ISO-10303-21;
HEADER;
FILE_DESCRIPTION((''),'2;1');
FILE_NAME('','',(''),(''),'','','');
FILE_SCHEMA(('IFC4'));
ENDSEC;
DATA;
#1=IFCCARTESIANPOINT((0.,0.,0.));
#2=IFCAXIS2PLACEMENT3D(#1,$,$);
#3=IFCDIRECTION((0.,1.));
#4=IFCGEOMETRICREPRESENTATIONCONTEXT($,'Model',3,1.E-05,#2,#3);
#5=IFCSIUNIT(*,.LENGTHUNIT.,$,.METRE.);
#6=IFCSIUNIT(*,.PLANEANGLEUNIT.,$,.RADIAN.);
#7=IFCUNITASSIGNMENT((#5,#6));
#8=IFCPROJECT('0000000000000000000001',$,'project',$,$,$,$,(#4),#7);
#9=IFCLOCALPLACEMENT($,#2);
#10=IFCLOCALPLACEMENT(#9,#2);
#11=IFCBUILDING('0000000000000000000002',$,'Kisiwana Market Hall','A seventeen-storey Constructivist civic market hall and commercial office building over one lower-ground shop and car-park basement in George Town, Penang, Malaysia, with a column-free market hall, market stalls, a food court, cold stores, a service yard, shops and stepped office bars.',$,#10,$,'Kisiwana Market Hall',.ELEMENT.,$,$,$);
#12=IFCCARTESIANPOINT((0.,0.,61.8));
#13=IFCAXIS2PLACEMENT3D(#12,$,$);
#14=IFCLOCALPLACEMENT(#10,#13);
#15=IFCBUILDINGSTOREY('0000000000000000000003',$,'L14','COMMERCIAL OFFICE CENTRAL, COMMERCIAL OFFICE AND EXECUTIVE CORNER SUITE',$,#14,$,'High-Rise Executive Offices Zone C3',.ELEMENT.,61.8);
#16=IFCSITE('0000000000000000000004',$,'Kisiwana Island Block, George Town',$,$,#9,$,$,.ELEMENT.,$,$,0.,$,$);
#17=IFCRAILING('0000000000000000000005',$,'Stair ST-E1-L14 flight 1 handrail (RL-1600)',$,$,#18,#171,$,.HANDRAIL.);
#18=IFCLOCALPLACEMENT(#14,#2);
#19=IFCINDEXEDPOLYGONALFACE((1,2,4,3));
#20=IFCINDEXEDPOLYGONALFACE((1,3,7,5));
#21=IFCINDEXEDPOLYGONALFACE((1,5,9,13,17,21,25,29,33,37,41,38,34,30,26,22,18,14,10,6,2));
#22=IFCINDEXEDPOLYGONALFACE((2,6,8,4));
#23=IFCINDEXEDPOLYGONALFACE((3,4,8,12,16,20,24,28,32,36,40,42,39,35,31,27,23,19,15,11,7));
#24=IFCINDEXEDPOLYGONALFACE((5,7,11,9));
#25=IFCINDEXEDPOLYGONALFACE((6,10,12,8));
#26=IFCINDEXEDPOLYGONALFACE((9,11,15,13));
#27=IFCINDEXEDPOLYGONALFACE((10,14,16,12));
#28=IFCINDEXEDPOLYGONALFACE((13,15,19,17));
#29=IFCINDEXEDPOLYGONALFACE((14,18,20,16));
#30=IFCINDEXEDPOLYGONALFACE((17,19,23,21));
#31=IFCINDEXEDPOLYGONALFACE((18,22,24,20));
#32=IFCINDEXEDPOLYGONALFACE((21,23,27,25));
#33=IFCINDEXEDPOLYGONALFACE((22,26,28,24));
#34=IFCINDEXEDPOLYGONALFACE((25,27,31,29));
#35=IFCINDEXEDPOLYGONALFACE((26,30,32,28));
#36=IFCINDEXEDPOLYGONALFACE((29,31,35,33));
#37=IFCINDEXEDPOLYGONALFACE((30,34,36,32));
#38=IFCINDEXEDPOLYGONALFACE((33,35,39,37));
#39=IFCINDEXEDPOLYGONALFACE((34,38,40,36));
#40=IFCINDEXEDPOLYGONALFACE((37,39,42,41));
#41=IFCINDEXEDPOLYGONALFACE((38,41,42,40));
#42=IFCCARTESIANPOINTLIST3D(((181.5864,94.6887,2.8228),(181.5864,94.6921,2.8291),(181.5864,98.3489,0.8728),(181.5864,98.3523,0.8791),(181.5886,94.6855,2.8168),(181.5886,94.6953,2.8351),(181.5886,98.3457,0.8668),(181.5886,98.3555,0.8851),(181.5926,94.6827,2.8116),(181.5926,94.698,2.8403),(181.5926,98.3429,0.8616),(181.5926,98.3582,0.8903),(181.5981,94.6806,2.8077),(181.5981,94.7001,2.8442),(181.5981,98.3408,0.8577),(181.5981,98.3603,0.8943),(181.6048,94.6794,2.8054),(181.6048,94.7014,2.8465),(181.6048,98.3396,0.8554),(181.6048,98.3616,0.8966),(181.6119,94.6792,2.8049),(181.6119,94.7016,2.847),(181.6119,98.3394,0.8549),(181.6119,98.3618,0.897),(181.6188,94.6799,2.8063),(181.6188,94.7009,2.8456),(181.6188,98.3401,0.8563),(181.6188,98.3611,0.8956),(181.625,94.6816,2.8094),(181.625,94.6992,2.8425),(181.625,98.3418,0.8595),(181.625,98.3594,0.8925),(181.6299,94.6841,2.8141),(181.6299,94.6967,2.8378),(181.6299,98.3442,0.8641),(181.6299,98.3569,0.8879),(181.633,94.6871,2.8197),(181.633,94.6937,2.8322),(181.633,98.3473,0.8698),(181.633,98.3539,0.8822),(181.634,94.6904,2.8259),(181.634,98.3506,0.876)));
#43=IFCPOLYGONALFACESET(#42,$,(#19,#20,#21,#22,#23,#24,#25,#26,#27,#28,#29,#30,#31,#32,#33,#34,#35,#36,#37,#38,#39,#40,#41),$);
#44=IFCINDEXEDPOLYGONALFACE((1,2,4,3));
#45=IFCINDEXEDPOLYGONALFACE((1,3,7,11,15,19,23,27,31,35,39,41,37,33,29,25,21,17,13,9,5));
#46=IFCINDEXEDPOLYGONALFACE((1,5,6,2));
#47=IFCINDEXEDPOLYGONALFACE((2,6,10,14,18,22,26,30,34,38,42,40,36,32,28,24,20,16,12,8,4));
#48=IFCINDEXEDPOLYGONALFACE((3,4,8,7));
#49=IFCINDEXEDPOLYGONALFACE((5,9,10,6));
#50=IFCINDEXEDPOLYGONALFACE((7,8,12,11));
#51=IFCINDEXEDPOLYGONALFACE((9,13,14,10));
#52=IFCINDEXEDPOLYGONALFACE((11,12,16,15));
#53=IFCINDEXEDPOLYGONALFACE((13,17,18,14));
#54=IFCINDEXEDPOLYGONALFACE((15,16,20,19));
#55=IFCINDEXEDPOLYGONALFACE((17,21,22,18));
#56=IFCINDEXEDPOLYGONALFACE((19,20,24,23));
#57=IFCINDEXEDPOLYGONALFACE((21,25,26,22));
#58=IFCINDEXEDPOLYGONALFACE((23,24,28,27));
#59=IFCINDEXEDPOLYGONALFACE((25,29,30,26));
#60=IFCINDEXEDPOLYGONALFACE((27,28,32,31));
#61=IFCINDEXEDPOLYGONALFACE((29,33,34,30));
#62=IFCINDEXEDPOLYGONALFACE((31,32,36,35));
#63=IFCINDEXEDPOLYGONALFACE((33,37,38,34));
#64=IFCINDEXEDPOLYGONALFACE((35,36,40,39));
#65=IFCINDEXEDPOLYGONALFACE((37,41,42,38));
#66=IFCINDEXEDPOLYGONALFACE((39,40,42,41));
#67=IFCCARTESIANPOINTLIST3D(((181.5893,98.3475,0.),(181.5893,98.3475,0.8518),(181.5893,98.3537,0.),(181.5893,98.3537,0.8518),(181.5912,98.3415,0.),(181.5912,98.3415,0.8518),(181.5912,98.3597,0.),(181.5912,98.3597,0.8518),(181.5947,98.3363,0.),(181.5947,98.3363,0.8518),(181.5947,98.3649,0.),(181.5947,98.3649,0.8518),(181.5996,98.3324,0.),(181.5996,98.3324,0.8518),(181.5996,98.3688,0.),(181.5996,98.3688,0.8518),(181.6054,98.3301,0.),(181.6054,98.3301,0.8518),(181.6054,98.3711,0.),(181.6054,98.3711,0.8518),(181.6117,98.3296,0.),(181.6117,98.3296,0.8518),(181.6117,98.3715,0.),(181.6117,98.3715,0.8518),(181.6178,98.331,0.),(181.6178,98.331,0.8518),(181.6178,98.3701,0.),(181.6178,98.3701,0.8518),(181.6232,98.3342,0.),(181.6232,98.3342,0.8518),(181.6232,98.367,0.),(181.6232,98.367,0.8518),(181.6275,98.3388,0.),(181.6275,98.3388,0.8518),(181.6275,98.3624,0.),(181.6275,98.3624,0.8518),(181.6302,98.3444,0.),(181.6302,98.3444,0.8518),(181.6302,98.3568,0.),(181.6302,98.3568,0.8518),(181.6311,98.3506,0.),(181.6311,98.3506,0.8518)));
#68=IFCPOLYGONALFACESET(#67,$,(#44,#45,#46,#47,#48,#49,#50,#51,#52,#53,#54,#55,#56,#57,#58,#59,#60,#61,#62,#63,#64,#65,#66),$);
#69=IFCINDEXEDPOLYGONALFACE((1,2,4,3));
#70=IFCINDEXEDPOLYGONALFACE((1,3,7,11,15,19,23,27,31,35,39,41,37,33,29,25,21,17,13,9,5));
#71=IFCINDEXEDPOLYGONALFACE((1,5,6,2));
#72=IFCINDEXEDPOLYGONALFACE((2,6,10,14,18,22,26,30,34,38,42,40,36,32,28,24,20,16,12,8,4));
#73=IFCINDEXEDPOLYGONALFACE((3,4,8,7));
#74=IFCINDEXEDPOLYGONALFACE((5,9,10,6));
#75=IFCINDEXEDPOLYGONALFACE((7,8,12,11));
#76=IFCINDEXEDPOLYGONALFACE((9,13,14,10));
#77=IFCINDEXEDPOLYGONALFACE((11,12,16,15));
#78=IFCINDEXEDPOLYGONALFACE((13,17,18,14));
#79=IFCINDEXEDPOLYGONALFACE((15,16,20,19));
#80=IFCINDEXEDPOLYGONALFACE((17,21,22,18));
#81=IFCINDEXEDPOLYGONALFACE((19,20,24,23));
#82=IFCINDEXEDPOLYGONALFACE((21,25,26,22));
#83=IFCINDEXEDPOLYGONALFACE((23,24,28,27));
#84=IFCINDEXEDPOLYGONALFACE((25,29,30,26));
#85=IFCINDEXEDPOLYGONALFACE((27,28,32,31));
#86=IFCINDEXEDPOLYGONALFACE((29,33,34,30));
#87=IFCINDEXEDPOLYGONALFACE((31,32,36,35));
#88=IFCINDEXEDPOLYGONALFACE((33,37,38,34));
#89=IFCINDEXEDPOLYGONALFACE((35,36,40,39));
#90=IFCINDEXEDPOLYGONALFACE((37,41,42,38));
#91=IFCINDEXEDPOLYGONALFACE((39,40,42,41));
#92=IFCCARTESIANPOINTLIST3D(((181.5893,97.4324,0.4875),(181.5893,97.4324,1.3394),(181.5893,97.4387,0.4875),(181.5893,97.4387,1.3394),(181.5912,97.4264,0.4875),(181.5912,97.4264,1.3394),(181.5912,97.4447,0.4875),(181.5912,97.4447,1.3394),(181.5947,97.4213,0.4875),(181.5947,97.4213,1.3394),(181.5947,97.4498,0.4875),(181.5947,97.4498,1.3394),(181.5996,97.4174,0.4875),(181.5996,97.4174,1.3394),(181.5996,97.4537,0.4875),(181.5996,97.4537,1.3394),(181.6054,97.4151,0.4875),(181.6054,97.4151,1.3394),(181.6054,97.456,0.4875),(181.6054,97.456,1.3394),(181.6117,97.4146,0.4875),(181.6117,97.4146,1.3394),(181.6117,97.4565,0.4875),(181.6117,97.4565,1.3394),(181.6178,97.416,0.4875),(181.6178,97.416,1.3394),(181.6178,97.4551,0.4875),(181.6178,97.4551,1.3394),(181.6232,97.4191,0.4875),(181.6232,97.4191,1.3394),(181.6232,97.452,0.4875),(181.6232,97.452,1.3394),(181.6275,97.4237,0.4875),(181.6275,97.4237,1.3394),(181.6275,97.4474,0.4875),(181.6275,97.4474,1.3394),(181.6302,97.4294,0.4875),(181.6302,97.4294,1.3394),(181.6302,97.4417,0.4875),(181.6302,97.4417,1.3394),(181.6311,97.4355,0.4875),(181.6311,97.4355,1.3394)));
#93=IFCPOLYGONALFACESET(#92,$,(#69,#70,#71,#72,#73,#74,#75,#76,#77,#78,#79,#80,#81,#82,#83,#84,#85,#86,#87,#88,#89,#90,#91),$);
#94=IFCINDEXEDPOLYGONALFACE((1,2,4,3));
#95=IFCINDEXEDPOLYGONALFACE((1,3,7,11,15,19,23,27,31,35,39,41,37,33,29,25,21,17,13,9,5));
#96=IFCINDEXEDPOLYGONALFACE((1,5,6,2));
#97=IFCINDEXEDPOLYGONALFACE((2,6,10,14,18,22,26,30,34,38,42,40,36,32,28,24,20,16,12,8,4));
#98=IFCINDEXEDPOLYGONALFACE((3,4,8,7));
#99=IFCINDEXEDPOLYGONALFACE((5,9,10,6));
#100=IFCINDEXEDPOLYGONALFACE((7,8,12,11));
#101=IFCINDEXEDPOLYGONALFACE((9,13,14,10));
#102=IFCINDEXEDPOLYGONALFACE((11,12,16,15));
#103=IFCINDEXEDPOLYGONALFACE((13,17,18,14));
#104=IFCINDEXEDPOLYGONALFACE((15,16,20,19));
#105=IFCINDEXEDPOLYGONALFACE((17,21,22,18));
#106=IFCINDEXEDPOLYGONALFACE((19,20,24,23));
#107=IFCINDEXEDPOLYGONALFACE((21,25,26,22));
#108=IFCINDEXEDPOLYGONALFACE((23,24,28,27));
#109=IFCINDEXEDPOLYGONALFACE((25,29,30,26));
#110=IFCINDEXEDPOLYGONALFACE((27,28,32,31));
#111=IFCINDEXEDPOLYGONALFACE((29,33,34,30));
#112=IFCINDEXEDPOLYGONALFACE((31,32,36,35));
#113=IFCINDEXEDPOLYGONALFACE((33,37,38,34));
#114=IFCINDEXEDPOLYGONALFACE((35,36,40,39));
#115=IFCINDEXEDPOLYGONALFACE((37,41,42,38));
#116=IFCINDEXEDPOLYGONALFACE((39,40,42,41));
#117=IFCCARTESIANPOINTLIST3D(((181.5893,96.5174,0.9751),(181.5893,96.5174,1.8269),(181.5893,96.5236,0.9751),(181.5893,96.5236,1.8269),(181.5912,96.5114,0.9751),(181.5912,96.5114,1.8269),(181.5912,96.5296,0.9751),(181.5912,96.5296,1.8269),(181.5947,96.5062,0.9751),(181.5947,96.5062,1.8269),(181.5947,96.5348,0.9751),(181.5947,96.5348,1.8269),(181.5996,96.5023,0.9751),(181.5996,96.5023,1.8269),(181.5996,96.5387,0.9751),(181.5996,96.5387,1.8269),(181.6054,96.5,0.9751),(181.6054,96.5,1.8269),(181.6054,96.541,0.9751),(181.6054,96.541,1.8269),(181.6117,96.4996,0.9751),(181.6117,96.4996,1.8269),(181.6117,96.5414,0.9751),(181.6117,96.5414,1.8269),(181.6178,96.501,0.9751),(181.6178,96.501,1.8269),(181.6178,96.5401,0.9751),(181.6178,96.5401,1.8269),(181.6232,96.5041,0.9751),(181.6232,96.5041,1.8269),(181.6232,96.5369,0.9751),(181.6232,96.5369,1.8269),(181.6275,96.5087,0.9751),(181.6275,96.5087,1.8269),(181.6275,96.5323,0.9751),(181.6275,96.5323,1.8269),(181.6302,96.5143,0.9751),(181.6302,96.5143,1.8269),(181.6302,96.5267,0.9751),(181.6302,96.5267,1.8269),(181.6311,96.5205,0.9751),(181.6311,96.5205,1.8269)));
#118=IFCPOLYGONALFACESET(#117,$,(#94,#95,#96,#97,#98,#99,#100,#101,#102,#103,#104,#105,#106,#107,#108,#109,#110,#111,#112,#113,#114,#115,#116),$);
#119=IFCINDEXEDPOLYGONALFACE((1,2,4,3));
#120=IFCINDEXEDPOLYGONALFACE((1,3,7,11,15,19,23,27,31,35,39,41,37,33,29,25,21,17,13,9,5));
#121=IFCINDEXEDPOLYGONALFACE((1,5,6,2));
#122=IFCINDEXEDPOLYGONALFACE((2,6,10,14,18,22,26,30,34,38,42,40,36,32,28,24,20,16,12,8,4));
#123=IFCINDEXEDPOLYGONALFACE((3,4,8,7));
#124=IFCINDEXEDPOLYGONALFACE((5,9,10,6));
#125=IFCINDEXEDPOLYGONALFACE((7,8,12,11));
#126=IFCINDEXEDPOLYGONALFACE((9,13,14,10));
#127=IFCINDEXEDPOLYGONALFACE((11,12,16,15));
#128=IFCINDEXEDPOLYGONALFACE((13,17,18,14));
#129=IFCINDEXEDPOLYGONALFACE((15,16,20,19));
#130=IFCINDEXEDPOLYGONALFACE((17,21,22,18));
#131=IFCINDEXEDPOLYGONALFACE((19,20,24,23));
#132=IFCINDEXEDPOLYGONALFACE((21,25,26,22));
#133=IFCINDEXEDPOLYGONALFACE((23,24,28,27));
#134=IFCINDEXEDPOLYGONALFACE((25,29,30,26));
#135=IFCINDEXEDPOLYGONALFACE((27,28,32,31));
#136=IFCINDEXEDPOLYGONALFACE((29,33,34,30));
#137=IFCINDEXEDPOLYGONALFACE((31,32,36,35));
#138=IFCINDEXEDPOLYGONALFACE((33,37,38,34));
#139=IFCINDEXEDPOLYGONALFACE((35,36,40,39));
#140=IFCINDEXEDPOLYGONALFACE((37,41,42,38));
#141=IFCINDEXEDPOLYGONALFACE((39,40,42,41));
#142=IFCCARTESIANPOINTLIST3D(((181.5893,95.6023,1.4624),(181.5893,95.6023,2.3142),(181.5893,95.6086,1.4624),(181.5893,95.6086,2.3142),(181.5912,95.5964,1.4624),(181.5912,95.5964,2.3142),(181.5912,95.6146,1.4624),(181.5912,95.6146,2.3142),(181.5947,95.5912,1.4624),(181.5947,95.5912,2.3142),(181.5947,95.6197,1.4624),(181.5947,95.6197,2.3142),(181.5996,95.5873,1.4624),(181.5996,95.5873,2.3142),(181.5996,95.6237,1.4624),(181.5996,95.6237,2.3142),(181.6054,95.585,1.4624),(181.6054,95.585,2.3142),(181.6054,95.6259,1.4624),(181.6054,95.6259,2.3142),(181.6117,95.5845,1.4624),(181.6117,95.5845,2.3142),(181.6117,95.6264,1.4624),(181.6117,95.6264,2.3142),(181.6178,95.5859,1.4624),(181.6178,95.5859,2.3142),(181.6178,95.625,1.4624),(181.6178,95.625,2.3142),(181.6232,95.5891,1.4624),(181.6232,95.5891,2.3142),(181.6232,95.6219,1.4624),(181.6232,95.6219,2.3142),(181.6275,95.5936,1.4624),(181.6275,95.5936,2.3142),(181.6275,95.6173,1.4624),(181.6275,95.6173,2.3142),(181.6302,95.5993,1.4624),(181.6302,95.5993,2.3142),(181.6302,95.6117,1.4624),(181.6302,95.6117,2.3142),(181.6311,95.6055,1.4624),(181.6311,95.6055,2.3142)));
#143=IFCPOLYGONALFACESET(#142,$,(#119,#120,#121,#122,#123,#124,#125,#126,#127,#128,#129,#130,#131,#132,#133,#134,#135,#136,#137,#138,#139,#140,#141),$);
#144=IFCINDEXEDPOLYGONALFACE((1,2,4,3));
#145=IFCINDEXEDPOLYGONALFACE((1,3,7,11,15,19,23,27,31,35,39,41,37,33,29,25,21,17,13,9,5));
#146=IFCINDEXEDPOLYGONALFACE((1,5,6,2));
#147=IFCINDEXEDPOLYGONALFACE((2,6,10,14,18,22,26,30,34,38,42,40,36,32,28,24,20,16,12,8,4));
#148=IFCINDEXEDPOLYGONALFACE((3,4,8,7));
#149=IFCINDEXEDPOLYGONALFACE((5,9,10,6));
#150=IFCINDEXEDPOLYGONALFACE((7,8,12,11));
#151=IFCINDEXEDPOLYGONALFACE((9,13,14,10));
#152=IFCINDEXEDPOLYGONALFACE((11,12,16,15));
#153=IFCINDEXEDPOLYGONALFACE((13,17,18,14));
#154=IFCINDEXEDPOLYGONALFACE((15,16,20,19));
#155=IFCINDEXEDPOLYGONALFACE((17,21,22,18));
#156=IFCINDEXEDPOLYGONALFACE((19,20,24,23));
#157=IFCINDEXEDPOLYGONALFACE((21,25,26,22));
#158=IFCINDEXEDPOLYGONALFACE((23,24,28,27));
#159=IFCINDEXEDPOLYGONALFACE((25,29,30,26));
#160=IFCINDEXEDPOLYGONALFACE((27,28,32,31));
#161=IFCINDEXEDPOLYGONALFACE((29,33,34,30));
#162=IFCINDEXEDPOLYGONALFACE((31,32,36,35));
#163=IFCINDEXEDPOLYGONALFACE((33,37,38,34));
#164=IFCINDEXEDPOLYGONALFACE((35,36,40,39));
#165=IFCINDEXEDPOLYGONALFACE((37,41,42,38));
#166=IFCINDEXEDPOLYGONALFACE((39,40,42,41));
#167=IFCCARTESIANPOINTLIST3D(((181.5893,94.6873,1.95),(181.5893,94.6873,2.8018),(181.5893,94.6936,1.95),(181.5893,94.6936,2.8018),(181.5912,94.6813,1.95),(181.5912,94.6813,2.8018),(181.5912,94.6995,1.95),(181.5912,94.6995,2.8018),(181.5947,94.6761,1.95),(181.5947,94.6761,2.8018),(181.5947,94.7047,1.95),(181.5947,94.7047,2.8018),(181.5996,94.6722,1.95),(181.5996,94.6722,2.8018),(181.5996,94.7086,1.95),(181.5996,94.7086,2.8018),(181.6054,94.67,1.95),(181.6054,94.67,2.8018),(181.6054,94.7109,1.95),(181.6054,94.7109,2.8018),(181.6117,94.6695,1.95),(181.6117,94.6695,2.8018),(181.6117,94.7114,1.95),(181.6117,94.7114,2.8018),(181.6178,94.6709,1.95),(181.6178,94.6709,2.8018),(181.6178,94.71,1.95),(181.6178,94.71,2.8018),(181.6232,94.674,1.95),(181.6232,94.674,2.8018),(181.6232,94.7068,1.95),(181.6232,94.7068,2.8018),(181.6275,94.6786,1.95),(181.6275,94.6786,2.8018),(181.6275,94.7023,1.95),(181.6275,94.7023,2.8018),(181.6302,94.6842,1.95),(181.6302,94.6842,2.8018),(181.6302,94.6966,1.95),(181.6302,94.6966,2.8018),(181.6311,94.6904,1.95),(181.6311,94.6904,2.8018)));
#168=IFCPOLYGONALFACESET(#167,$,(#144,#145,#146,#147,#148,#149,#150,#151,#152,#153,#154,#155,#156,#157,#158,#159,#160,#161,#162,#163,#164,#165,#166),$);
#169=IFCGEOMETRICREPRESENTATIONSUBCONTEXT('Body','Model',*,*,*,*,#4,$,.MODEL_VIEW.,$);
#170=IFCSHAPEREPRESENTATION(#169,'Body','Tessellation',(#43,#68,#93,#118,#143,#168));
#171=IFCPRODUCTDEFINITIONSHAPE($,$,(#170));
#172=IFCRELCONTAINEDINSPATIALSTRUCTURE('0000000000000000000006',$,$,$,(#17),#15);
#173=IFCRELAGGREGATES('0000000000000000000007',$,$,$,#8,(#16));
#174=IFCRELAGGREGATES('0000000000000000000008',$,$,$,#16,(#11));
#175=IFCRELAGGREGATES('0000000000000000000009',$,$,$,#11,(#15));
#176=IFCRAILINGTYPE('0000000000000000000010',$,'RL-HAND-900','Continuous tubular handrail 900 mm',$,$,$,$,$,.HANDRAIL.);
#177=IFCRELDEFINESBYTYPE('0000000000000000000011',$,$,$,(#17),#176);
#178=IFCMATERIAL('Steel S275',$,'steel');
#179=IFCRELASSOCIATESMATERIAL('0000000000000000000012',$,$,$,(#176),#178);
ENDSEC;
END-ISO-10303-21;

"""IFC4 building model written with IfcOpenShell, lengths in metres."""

from ifc_helpers import new_model, si_unit, direction, frame, origin, origin_2d, place, context, subcontext, project, spatial, circle, extrude, material, type_object, element, save


model = new_model("IFC4")

# Units and contexts
model_context = context("Model", 3, precision=1e-05, world=origin(), true_north=direction((0.0, 1.0)))
body_context = subcontext(model_context, "Body", "Model", "MODEL_VIEW")
ifc_project = project(units=[si_unit("LENGTHUNIT", "METRE"), si_unit("PLANEANGLEUNIT", "RADIAN")], contexts=[model_context])

# Site, building, storey
site_placement = place(None, origin())
site = spatial("IfcSite", under=ifc_project, at=site_placement, Name="Kisiwana Island Block, George Town", CompositionType="ELEMENT", RefElevation=0.0)
building_placement = place(site_placement, origin())
building = spatial("IfcBuilding", under=site, at=building_placement, Name="Kisiwana Market Hall", Description="A seventeen-storey Constructivist civic market hall and commercial office building over one lower-ground shop and car-park basement in George Town, Penang, Malaysia, with a column-free market hall, market stalls, a food court, cold stores, a service yard, shops and stepped office bars.", LongName="Kisiwana Market Hall", CompositionType="ELEMENT")
storey_placement = place(building_placement, frame((0.0, 0.0, 61.8)))
storey = spatial("IfcBuildingStorey", under=building, at=storey_placement, Name="L14", Description="COMMERCIAL OFFICE CENTRAL, COMMERCIAL OFFICE AND EXECUTIVE CORNER SUITE", LongName="High-Rise Executive Offices Zone C3", CompositionType="ELEMENT", Elevation=61.8)

# Railing
ifc_material_1 = material(Name="Steel S275", Category="steel")
railing_type_1 = type_object("IfcRailingType", Name="RL-HAND-900", Description="Continuous tubular handrail 900 mm", PredefinedType="HANDRAIL", material=ifc_material_1)
railing_1_placement = place(storey_placement, frame((181.6101, 98.3506, 0.0)))
element("IfcRailing", 1, at=railing_1_placement, inside=storey, type_object=railing_type_1, Name="Stair ST-E1-L14 flight 1 handrail (RL-1600)", PredefinedType="HANDRAIL", context=body_context, shape_type="SweptSolid", body=[
    extrude(circle(Radius=0.0239, at=origin_2d()), frame((0.0, 0.0, 0.876), z_axis=(0.0, -0.882566, 0.470188), x_axis=(1.0, 0.0, 0.0)), (0.0, 0.0, 1.0), 4.1472),
    extrude(circle(Radius=0.021, at=origin_2d()), origin(), (0.0, 0.0, 1.0), 0.8518),
    extrude(circle(Radius=0.021, at=origin_2d()), frame((0.0, -0.915, 0.4875)), (0.0, 0.0, 1.0), 0.8518),
    extrude(circle(Radius=0.021, at=origin_2d()), frame((0.0, -1.8301, 0.9751)), (0.0, 0.0, 1.0), 0.8518),
    extrude(circle(Radius=0.021, at=origin_2d()), frame((0.0, -2.7451, 1.4624)), (0.0, 0.0, 1.0), 0.8518),
    extrude(circle(Radius=0.021, at=origin_2d()), frame((0.0, -3.6602, 1.95)), (0.0, 0.0, 1.0), 0.8518),
])

save(model, "model.ifc")
